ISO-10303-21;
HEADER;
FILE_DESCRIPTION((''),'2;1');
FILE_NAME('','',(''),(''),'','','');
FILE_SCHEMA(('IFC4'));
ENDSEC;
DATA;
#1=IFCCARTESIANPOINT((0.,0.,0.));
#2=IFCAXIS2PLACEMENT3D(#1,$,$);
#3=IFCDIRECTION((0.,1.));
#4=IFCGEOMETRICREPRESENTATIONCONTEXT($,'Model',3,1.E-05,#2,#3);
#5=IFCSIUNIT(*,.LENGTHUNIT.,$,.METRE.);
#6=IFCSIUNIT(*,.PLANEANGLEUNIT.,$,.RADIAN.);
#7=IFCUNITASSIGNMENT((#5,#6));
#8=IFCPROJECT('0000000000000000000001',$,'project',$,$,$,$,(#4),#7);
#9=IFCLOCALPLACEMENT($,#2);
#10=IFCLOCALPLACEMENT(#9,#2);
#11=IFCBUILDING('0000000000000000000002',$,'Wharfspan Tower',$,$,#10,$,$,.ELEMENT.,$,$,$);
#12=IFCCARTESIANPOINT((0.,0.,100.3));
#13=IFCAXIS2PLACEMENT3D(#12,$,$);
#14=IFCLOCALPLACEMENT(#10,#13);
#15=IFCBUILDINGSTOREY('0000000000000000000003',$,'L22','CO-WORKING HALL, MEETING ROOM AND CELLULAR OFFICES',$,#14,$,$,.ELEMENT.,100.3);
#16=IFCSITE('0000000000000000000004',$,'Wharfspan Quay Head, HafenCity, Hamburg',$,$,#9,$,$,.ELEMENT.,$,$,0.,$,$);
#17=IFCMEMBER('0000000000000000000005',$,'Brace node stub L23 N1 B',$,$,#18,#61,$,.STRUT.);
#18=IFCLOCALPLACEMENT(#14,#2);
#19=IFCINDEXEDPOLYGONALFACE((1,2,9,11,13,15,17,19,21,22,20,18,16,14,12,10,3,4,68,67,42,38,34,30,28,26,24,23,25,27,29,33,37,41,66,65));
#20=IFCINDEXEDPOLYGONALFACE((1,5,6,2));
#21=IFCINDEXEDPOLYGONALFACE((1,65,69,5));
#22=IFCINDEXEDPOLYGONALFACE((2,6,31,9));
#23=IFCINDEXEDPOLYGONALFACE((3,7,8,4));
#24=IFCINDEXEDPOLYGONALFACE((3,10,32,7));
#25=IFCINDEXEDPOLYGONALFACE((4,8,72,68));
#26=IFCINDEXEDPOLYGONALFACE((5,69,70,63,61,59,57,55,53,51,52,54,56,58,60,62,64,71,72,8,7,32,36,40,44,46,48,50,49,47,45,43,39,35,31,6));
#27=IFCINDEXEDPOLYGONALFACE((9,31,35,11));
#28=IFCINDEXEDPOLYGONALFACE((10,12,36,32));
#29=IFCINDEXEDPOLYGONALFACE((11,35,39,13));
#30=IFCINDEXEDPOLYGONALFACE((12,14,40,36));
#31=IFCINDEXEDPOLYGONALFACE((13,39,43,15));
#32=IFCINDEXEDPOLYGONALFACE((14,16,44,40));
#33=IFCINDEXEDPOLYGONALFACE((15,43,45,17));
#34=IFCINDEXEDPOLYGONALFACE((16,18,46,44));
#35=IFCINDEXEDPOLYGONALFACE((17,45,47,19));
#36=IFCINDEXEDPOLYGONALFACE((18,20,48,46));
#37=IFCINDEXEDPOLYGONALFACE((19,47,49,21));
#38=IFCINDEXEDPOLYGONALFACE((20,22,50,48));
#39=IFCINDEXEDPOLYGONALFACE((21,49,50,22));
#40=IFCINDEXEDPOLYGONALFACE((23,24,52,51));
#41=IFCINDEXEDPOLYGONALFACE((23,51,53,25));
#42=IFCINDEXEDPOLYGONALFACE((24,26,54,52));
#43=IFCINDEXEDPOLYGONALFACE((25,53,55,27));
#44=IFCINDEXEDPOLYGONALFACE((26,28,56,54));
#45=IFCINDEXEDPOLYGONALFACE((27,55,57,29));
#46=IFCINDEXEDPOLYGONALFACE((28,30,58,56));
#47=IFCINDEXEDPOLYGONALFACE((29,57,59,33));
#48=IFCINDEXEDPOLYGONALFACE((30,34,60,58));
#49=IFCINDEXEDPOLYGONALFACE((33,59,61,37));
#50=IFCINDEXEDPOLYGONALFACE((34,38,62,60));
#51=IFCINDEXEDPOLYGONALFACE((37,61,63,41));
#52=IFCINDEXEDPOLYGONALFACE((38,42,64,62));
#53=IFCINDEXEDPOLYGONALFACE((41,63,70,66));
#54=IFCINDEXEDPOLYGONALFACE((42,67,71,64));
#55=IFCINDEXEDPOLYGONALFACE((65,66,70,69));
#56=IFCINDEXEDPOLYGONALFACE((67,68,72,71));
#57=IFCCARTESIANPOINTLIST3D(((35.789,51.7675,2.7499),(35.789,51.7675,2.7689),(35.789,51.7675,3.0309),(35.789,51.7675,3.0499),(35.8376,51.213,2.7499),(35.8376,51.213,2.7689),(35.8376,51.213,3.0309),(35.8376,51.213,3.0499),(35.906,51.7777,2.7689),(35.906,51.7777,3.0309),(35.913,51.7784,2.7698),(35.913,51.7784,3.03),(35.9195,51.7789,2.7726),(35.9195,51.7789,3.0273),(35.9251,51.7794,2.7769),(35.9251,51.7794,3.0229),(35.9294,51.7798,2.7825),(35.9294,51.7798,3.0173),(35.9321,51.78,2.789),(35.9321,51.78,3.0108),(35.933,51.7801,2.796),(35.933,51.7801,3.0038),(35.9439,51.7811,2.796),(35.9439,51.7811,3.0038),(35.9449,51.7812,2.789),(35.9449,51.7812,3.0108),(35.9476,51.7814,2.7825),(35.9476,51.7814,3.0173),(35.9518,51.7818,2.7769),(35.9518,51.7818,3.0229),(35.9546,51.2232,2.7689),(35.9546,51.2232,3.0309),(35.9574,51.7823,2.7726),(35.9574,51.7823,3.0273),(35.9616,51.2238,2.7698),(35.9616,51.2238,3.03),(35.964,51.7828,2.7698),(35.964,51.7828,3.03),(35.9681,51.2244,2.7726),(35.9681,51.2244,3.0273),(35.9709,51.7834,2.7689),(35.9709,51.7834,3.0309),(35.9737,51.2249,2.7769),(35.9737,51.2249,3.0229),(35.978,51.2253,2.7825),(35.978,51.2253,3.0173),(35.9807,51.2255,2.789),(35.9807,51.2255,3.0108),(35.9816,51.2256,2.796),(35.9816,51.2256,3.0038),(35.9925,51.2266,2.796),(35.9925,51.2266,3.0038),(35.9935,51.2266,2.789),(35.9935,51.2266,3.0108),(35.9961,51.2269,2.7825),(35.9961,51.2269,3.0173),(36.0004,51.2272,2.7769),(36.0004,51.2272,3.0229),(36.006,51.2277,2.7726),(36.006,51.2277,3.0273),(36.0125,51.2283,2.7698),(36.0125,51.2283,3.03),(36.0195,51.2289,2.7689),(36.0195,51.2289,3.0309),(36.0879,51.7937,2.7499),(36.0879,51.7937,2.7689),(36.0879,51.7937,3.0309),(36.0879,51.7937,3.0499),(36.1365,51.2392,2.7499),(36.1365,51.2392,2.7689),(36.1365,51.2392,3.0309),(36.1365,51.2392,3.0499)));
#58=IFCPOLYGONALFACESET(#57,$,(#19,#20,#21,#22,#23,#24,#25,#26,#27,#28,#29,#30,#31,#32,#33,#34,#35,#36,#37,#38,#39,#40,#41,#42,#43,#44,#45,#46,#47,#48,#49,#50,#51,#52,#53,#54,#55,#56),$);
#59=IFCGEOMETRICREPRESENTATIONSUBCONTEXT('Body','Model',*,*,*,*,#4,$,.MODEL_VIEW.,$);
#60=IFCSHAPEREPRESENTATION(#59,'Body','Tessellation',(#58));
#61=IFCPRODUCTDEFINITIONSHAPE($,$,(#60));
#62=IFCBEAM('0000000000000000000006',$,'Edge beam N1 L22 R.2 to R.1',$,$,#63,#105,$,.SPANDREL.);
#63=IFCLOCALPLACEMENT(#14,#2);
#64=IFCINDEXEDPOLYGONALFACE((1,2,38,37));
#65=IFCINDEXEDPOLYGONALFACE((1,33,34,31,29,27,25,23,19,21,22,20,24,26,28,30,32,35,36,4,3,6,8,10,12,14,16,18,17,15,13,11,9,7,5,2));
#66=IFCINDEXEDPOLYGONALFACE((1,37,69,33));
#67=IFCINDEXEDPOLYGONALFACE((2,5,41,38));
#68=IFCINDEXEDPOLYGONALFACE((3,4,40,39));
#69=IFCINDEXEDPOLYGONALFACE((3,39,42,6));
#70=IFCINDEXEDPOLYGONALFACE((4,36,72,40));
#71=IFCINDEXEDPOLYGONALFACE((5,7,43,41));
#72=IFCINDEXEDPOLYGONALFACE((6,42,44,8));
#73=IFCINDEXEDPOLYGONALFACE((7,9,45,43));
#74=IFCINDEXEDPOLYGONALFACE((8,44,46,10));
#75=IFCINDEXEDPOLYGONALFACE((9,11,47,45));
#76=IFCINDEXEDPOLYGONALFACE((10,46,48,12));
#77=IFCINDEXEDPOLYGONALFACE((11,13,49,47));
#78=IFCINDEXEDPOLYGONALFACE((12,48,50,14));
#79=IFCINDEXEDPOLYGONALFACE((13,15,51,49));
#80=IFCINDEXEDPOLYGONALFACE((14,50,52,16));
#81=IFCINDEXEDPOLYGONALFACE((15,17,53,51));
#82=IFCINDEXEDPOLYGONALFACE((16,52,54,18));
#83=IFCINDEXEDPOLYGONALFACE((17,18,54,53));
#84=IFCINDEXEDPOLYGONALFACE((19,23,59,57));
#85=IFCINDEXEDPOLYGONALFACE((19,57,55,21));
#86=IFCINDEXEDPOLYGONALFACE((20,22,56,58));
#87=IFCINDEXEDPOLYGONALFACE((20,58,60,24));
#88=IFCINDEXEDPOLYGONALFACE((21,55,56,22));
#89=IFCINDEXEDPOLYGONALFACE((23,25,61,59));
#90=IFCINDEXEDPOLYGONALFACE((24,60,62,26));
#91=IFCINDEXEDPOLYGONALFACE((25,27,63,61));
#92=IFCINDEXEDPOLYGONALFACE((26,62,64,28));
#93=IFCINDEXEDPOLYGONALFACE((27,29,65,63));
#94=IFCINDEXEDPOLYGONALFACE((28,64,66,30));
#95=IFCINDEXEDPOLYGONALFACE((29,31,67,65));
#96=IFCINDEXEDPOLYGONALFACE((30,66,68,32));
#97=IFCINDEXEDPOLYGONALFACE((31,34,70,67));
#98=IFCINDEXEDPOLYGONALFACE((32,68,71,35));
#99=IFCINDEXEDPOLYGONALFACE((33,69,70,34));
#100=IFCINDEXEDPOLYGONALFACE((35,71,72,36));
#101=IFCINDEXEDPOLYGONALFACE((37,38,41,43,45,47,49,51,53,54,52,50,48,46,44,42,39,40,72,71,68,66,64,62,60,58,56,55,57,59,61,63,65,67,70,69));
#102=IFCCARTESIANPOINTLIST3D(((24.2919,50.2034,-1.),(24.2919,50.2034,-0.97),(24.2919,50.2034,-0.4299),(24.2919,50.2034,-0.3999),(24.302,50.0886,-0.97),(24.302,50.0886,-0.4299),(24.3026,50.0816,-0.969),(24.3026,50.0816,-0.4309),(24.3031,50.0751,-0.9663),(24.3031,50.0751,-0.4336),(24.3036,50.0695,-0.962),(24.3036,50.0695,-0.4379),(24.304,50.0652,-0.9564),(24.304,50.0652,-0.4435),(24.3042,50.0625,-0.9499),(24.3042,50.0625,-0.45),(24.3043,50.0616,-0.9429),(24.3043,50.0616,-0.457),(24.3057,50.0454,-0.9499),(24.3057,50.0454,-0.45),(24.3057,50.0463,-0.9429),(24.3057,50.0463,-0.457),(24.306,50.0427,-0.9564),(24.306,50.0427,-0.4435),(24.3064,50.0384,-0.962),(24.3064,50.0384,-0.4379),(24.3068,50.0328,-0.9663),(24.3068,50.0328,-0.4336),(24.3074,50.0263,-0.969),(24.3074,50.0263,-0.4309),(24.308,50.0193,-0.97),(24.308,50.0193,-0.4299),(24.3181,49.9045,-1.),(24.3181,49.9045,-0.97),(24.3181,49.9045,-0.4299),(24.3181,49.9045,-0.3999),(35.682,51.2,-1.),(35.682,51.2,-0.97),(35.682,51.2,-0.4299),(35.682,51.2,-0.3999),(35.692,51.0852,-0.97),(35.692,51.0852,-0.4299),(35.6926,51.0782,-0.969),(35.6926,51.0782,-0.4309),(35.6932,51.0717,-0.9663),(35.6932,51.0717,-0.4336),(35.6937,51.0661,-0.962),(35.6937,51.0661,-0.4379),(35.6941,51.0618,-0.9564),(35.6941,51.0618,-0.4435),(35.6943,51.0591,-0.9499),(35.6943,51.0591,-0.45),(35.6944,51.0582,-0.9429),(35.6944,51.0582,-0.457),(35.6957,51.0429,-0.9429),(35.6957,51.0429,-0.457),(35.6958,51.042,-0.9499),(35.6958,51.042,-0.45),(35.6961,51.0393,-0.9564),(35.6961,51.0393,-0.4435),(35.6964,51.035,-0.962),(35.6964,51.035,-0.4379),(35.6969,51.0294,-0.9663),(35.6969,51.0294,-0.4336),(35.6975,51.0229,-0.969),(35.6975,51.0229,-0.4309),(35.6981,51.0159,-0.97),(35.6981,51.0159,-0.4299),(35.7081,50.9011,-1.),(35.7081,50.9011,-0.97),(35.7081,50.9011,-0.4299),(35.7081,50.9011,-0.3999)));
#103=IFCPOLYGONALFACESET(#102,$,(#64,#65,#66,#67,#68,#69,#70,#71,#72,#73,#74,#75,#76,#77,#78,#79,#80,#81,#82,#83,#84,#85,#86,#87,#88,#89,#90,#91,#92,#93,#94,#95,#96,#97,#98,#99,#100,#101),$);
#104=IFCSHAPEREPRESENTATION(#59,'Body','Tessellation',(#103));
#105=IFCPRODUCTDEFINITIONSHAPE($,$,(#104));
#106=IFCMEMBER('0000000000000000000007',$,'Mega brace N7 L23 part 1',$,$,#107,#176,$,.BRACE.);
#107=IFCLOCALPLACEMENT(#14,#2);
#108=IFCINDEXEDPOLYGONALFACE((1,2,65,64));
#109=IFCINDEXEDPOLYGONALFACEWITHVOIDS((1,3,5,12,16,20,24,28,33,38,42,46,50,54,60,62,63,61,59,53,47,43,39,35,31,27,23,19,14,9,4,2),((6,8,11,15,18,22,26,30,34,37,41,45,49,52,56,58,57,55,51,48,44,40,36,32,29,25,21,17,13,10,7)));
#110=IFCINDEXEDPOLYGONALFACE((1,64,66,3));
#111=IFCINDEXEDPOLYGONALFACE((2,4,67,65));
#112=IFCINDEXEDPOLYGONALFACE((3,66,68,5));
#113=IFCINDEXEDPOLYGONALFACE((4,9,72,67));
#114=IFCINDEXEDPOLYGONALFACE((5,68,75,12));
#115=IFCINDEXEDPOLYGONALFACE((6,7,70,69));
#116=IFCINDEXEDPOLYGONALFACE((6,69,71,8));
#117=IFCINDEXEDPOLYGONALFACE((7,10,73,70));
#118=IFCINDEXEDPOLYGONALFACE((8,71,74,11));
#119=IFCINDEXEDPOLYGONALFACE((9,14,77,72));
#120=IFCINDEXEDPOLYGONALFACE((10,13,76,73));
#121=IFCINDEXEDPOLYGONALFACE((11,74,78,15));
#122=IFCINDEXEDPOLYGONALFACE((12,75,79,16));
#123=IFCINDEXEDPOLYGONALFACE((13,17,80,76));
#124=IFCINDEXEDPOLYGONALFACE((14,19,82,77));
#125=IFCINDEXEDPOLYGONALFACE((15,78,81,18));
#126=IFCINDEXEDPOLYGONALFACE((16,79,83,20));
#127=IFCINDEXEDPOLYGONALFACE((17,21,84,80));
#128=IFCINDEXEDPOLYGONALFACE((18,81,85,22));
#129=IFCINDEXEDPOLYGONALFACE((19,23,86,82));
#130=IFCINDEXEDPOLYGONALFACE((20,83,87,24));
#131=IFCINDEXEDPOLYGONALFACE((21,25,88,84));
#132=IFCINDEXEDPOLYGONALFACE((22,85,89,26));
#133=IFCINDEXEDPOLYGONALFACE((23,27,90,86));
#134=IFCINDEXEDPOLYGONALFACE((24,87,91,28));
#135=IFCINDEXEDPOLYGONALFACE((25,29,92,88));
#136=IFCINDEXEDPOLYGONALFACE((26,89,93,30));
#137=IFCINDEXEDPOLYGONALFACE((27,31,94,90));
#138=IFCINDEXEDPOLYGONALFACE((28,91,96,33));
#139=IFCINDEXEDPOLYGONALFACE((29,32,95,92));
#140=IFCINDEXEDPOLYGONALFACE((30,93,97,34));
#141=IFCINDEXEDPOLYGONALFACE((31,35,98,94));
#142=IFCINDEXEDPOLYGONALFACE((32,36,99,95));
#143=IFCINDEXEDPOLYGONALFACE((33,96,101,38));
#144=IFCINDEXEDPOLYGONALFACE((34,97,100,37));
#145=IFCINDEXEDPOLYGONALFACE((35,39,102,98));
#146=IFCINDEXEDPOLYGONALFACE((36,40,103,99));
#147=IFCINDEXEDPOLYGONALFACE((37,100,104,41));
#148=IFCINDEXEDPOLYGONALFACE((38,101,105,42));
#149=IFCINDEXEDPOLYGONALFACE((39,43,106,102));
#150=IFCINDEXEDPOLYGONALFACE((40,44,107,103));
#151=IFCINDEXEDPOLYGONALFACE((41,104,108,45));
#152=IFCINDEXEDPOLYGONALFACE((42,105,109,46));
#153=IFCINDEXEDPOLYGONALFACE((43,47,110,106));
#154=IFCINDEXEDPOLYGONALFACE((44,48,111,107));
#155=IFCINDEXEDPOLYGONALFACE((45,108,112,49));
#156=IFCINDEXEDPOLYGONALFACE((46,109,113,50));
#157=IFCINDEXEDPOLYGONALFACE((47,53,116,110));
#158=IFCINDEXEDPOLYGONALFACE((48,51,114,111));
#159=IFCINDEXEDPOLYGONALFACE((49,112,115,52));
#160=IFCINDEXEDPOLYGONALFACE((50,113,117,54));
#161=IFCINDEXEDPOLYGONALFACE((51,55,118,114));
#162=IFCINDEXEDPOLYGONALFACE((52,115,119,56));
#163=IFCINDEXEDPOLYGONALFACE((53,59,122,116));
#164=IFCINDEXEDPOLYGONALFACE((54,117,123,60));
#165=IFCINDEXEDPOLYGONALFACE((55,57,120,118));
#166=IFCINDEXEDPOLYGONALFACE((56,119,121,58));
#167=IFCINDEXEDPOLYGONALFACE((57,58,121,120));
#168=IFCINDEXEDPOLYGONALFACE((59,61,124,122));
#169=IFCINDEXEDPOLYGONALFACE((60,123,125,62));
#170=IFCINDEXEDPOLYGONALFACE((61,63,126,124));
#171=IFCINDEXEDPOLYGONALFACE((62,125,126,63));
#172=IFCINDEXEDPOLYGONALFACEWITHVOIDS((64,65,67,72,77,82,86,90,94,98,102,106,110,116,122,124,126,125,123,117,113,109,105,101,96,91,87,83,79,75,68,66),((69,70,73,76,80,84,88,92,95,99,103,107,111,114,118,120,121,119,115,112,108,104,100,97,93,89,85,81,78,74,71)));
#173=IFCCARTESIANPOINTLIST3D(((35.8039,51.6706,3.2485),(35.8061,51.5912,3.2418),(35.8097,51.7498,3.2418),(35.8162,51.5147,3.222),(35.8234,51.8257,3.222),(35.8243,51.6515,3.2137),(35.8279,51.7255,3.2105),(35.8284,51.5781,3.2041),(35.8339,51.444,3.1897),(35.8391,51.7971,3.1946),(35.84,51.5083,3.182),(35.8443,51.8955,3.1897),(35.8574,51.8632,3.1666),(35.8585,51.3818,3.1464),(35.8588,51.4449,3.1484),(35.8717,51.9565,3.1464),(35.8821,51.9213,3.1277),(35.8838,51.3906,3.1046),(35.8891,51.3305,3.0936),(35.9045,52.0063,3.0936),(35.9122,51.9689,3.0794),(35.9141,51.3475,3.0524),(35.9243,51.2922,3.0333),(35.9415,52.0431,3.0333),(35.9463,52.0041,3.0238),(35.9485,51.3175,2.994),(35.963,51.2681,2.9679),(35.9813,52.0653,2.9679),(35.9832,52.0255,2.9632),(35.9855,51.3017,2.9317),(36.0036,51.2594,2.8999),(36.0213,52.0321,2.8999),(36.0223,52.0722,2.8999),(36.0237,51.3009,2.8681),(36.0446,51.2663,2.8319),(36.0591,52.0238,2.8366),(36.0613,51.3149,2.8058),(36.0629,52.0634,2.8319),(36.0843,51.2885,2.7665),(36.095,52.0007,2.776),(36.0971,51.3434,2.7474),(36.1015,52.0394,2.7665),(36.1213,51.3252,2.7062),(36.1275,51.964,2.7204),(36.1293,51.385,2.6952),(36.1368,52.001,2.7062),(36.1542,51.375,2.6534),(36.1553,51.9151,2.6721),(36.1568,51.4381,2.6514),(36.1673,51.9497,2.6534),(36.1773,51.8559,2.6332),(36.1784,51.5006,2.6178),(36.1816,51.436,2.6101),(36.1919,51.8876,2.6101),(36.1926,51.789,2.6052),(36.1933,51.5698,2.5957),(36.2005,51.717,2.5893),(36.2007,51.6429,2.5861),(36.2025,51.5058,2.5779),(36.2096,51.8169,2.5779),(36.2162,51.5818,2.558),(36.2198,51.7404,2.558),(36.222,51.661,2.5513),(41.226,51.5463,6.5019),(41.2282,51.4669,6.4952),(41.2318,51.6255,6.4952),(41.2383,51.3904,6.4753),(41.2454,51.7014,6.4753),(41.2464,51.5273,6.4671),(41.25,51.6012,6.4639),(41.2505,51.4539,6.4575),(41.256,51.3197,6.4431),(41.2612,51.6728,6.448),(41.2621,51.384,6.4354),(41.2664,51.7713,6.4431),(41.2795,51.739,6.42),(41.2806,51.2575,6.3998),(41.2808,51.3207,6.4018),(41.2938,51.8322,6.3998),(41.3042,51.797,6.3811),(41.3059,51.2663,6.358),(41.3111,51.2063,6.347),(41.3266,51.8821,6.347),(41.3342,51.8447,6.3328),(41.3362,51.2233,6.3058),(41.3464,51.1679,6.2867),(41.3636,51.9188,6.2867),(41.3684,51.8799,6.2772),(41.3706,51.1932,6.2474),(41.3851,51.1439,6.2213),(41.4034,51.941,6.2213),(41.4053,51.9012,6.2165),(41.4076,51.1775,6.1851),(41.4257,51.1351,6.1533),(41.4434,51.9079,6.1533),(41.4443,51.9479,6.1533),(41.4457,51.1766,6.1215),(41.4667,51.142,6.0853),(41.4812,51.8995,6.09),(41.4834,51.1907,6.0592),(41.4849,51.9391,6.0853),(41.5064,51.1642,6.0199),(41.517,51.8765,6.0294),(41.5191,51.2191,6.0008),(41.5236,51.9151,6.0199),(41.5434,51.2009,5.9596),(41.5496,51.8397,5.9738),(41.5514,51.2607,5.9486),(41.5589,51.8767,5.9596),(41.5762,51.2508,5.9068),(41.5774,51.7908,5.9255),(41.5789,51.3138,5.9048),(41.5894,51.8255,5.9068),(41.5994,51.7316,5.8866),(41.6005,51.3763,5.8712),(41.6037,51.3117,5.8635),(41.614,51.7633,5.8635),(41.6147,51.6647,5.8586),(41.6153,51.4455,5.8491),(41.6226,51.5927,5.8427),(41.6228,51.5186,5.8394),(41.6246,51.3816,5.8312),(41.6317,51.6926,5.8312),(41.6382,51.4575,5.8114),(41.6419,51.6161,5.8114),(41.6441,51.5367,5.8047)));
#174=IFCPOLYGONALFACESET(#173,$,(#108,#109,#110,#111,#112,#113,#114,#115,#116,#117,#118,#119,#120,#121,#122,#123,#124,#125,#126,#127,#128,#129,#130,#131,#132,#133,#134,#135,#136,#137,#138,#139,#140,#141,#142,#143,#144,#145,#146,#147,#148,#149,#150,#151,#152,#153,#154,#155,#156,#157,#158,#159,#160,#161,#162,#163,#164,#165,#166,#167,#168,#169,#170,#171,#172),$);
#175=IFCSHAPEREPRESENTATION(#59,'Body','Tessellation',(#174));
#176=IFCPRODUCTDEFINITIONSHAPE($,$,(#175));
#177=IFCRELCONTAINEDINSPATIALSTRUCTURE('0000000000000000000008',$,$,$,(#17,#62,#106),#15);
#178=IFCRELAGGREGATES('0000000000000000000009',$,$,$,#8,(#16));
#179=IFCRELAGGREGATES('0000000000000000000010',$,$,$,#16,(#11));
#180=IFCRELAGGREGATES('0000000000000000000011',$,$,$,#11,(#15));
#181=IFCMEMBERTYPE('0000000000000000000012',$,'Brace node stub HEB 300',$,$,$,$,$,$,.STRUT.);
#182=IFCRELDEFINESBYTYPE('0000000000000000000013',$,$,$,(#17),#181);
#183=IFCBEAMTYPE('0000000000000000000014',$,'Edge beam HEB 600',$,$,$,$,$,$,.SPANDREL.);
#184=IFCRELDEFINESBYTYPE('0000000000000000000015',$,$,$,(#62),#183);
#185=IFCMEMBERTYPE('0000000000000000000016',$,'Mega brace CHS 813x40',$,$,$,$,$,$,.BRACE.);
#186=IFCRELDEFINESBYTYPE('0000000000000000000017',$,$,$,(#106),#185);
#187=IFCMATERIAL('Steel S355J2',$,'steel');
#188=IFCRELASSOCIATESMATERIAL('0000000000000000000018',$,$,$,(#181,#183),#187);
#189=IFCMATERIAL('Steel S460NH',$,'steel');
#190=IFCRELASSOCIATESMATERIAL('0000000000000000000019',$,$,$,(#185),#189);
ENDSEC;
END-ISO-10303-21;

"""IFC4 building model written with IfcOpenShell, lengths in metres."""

from ifc_helpers import new_model, si_unit, direction, frame, origin, origin_2d, place, context, subcontext, project, spatial, hollow_circle, i_section, extrude, material, material_profile, profile_set, type_object, element, save


model = new_model("IFC4")

# Units and contexts
model_context = context("Model", 3, precision=1e-05, world=origin(), true_north=direction((0.0, 1.0)))
body_context = subcontext(model_context, "Body", "Model", "MODEL_VIEW")
ifc_project = project(units=[si_unit("LENGTHUNIT", "METRE"), si_unit("PLANEANGLEUNIT", "RADIAN")], contexts=[model_context])

# Site, building, storey
site_placement = place(None, origin())
site = spatial("IfcSite", under=ifc_project, at=site_placement, Name="Wharfspan Quay Head, HafenCity, Hamburg", CompositionType="ELEMENT", RefElevation=0.0)
building_placement = place(site_placement, origin())
building = spatial("IfcBuilding", under=site, at=building_placement, Name="Wharfspan Tower", CompositionType="ELEMENT")
storey_placement = place(building_placement, frame((0.0, 0.0, 100.3)))
storey = spatial("IfcBuildingStorey", under=building, at=storey_placement, Name="L22", Description="CO-WORKING HALL, MEETING ROOM AND CELLULAR OFFICES", CompositionType="ELEMENT", Elevation=100.3)

# Shared definitions
ifc_material_1 = material(Name="Steel S355J2", Category="steel")

# Member
ifc_material_profile_1 = material_profile(ifc_material_1, i_section(OverallWidth=0.3, OverallDepth=0.3, WebThickness=0.011, FlangeThickness=0.019, FilletRadius=0.0271, at=origin_2d()))
ifc_profile_set_1 = profile_set([ifc_material_profile_1], Name="Steel S355J2")
member_type_1 = type_object("IfcMemberType", Name="Brace node stub HEB 300", PredefinedType="STRUT", material=ifc_profile_set_1)
for number, where, z_axis, x_axis, name in (
    (1, (35.9871, 51.2261, 2.8999), (-0.087292, 0.996183, 0.0), (-0.996183, -0.087292, 0.0), "Brace node stub L23 N1 B"),
):
    element("IfcMember", number, at=place(storey_placement, frame(where, z_axis=z_axis, x_axis=x_axis)), inside=storey, type_object=member_type_1, Name=name, PredefinedType="STRUT", context=body_context, shape_type="SweptSolid", body=[
        extrude(i_section(OverallWidth=0.3, OverallDepth=0.3, WebThickness=0.011, FlangeThickness=0.019, FilletRadius=0.0271, at=origin_2d()), origin(), (0.0, 0.0, 1.0), 0.5566),
    ])

# Beam
ifc_material_profile_2 = material_profile(ifc_material_1, i_section(OverallWidth=0.3, OverallDepth=0.6001, WebThickness=0.0154, FlangeThickness=0.03, FilletRadius=0.0271, at=origin_2d()))
ifc_profile_set_2 = profile_set([ifc_material_profile_2], Name="Steel S355J2")
beam_type = type_object("IfcBeamType", Name="Edge beam HEB 600", PredefinedType="SPANDREL", material=ifc_profile_set_2)
beam_placement = place(storey_placement, frame((35.6951, 51.0505, -0.7), z_axis=(-0.996194, -0.087162, 0.0), x_axis=(0.087162, -0.996194, 0.0)))
element("IfcBeam", 2, at=beam_placement, inside=storey, type_object=beam_type, Name="Edge beam N1 L22 R.2 to R.1", PredefinedType="SPANDREL", context=body_context, shape_type="SweptSolid", body=[
    extrude(i_section(OverallWidth=0.3, OverallDepth=0.6001, WebThickness=0.0154, FlangeThickness=0.03, FilletRadius=0.0271, at=origin_2d()), origin(), (0.0, 0.0, 1.0), 11.4336),
])

# Member
ifc_material_2 = material(Name="Steel S460NH", Category="steel")
ifc_material_profile_3 = material_profile(ifc_material_2, hollow_circle(Radius=0.4065, WallThickness=0.04, at=origin_2d()))
ifc_profile_set_3 = profile_set([ifc_material_profile_3], Name="Steel S460NH")
member_type_2 = type_object("IfcMemberType", Name="Mega brace CHS 813x40", PredefinedType="BRACE", material=ifc_profile_set_3)
member_1_placement = place(storey_placement, frame((36.0129, 51.6658, 2.8999), z_axis=(0.857317, -0.019649, 0.514413), x_axis=(0.022912, 0.999739, 0.000002)))
element("IfcMember", 3, at=member_1_placement, inside=storey, type_object=member_type_2, Name="Mega brace N7 L23 part 1", PredefinedType="BRACE", context=body_context, shape_type="SweptSolid", body=[
    extrude(hollow_circle(Radius=0.4065, WallThickness=0.04, at=origin_2d()), origin(), (0.0, 0.0, 1.0), 6.3245),
])

save(model, "model.ifc")
